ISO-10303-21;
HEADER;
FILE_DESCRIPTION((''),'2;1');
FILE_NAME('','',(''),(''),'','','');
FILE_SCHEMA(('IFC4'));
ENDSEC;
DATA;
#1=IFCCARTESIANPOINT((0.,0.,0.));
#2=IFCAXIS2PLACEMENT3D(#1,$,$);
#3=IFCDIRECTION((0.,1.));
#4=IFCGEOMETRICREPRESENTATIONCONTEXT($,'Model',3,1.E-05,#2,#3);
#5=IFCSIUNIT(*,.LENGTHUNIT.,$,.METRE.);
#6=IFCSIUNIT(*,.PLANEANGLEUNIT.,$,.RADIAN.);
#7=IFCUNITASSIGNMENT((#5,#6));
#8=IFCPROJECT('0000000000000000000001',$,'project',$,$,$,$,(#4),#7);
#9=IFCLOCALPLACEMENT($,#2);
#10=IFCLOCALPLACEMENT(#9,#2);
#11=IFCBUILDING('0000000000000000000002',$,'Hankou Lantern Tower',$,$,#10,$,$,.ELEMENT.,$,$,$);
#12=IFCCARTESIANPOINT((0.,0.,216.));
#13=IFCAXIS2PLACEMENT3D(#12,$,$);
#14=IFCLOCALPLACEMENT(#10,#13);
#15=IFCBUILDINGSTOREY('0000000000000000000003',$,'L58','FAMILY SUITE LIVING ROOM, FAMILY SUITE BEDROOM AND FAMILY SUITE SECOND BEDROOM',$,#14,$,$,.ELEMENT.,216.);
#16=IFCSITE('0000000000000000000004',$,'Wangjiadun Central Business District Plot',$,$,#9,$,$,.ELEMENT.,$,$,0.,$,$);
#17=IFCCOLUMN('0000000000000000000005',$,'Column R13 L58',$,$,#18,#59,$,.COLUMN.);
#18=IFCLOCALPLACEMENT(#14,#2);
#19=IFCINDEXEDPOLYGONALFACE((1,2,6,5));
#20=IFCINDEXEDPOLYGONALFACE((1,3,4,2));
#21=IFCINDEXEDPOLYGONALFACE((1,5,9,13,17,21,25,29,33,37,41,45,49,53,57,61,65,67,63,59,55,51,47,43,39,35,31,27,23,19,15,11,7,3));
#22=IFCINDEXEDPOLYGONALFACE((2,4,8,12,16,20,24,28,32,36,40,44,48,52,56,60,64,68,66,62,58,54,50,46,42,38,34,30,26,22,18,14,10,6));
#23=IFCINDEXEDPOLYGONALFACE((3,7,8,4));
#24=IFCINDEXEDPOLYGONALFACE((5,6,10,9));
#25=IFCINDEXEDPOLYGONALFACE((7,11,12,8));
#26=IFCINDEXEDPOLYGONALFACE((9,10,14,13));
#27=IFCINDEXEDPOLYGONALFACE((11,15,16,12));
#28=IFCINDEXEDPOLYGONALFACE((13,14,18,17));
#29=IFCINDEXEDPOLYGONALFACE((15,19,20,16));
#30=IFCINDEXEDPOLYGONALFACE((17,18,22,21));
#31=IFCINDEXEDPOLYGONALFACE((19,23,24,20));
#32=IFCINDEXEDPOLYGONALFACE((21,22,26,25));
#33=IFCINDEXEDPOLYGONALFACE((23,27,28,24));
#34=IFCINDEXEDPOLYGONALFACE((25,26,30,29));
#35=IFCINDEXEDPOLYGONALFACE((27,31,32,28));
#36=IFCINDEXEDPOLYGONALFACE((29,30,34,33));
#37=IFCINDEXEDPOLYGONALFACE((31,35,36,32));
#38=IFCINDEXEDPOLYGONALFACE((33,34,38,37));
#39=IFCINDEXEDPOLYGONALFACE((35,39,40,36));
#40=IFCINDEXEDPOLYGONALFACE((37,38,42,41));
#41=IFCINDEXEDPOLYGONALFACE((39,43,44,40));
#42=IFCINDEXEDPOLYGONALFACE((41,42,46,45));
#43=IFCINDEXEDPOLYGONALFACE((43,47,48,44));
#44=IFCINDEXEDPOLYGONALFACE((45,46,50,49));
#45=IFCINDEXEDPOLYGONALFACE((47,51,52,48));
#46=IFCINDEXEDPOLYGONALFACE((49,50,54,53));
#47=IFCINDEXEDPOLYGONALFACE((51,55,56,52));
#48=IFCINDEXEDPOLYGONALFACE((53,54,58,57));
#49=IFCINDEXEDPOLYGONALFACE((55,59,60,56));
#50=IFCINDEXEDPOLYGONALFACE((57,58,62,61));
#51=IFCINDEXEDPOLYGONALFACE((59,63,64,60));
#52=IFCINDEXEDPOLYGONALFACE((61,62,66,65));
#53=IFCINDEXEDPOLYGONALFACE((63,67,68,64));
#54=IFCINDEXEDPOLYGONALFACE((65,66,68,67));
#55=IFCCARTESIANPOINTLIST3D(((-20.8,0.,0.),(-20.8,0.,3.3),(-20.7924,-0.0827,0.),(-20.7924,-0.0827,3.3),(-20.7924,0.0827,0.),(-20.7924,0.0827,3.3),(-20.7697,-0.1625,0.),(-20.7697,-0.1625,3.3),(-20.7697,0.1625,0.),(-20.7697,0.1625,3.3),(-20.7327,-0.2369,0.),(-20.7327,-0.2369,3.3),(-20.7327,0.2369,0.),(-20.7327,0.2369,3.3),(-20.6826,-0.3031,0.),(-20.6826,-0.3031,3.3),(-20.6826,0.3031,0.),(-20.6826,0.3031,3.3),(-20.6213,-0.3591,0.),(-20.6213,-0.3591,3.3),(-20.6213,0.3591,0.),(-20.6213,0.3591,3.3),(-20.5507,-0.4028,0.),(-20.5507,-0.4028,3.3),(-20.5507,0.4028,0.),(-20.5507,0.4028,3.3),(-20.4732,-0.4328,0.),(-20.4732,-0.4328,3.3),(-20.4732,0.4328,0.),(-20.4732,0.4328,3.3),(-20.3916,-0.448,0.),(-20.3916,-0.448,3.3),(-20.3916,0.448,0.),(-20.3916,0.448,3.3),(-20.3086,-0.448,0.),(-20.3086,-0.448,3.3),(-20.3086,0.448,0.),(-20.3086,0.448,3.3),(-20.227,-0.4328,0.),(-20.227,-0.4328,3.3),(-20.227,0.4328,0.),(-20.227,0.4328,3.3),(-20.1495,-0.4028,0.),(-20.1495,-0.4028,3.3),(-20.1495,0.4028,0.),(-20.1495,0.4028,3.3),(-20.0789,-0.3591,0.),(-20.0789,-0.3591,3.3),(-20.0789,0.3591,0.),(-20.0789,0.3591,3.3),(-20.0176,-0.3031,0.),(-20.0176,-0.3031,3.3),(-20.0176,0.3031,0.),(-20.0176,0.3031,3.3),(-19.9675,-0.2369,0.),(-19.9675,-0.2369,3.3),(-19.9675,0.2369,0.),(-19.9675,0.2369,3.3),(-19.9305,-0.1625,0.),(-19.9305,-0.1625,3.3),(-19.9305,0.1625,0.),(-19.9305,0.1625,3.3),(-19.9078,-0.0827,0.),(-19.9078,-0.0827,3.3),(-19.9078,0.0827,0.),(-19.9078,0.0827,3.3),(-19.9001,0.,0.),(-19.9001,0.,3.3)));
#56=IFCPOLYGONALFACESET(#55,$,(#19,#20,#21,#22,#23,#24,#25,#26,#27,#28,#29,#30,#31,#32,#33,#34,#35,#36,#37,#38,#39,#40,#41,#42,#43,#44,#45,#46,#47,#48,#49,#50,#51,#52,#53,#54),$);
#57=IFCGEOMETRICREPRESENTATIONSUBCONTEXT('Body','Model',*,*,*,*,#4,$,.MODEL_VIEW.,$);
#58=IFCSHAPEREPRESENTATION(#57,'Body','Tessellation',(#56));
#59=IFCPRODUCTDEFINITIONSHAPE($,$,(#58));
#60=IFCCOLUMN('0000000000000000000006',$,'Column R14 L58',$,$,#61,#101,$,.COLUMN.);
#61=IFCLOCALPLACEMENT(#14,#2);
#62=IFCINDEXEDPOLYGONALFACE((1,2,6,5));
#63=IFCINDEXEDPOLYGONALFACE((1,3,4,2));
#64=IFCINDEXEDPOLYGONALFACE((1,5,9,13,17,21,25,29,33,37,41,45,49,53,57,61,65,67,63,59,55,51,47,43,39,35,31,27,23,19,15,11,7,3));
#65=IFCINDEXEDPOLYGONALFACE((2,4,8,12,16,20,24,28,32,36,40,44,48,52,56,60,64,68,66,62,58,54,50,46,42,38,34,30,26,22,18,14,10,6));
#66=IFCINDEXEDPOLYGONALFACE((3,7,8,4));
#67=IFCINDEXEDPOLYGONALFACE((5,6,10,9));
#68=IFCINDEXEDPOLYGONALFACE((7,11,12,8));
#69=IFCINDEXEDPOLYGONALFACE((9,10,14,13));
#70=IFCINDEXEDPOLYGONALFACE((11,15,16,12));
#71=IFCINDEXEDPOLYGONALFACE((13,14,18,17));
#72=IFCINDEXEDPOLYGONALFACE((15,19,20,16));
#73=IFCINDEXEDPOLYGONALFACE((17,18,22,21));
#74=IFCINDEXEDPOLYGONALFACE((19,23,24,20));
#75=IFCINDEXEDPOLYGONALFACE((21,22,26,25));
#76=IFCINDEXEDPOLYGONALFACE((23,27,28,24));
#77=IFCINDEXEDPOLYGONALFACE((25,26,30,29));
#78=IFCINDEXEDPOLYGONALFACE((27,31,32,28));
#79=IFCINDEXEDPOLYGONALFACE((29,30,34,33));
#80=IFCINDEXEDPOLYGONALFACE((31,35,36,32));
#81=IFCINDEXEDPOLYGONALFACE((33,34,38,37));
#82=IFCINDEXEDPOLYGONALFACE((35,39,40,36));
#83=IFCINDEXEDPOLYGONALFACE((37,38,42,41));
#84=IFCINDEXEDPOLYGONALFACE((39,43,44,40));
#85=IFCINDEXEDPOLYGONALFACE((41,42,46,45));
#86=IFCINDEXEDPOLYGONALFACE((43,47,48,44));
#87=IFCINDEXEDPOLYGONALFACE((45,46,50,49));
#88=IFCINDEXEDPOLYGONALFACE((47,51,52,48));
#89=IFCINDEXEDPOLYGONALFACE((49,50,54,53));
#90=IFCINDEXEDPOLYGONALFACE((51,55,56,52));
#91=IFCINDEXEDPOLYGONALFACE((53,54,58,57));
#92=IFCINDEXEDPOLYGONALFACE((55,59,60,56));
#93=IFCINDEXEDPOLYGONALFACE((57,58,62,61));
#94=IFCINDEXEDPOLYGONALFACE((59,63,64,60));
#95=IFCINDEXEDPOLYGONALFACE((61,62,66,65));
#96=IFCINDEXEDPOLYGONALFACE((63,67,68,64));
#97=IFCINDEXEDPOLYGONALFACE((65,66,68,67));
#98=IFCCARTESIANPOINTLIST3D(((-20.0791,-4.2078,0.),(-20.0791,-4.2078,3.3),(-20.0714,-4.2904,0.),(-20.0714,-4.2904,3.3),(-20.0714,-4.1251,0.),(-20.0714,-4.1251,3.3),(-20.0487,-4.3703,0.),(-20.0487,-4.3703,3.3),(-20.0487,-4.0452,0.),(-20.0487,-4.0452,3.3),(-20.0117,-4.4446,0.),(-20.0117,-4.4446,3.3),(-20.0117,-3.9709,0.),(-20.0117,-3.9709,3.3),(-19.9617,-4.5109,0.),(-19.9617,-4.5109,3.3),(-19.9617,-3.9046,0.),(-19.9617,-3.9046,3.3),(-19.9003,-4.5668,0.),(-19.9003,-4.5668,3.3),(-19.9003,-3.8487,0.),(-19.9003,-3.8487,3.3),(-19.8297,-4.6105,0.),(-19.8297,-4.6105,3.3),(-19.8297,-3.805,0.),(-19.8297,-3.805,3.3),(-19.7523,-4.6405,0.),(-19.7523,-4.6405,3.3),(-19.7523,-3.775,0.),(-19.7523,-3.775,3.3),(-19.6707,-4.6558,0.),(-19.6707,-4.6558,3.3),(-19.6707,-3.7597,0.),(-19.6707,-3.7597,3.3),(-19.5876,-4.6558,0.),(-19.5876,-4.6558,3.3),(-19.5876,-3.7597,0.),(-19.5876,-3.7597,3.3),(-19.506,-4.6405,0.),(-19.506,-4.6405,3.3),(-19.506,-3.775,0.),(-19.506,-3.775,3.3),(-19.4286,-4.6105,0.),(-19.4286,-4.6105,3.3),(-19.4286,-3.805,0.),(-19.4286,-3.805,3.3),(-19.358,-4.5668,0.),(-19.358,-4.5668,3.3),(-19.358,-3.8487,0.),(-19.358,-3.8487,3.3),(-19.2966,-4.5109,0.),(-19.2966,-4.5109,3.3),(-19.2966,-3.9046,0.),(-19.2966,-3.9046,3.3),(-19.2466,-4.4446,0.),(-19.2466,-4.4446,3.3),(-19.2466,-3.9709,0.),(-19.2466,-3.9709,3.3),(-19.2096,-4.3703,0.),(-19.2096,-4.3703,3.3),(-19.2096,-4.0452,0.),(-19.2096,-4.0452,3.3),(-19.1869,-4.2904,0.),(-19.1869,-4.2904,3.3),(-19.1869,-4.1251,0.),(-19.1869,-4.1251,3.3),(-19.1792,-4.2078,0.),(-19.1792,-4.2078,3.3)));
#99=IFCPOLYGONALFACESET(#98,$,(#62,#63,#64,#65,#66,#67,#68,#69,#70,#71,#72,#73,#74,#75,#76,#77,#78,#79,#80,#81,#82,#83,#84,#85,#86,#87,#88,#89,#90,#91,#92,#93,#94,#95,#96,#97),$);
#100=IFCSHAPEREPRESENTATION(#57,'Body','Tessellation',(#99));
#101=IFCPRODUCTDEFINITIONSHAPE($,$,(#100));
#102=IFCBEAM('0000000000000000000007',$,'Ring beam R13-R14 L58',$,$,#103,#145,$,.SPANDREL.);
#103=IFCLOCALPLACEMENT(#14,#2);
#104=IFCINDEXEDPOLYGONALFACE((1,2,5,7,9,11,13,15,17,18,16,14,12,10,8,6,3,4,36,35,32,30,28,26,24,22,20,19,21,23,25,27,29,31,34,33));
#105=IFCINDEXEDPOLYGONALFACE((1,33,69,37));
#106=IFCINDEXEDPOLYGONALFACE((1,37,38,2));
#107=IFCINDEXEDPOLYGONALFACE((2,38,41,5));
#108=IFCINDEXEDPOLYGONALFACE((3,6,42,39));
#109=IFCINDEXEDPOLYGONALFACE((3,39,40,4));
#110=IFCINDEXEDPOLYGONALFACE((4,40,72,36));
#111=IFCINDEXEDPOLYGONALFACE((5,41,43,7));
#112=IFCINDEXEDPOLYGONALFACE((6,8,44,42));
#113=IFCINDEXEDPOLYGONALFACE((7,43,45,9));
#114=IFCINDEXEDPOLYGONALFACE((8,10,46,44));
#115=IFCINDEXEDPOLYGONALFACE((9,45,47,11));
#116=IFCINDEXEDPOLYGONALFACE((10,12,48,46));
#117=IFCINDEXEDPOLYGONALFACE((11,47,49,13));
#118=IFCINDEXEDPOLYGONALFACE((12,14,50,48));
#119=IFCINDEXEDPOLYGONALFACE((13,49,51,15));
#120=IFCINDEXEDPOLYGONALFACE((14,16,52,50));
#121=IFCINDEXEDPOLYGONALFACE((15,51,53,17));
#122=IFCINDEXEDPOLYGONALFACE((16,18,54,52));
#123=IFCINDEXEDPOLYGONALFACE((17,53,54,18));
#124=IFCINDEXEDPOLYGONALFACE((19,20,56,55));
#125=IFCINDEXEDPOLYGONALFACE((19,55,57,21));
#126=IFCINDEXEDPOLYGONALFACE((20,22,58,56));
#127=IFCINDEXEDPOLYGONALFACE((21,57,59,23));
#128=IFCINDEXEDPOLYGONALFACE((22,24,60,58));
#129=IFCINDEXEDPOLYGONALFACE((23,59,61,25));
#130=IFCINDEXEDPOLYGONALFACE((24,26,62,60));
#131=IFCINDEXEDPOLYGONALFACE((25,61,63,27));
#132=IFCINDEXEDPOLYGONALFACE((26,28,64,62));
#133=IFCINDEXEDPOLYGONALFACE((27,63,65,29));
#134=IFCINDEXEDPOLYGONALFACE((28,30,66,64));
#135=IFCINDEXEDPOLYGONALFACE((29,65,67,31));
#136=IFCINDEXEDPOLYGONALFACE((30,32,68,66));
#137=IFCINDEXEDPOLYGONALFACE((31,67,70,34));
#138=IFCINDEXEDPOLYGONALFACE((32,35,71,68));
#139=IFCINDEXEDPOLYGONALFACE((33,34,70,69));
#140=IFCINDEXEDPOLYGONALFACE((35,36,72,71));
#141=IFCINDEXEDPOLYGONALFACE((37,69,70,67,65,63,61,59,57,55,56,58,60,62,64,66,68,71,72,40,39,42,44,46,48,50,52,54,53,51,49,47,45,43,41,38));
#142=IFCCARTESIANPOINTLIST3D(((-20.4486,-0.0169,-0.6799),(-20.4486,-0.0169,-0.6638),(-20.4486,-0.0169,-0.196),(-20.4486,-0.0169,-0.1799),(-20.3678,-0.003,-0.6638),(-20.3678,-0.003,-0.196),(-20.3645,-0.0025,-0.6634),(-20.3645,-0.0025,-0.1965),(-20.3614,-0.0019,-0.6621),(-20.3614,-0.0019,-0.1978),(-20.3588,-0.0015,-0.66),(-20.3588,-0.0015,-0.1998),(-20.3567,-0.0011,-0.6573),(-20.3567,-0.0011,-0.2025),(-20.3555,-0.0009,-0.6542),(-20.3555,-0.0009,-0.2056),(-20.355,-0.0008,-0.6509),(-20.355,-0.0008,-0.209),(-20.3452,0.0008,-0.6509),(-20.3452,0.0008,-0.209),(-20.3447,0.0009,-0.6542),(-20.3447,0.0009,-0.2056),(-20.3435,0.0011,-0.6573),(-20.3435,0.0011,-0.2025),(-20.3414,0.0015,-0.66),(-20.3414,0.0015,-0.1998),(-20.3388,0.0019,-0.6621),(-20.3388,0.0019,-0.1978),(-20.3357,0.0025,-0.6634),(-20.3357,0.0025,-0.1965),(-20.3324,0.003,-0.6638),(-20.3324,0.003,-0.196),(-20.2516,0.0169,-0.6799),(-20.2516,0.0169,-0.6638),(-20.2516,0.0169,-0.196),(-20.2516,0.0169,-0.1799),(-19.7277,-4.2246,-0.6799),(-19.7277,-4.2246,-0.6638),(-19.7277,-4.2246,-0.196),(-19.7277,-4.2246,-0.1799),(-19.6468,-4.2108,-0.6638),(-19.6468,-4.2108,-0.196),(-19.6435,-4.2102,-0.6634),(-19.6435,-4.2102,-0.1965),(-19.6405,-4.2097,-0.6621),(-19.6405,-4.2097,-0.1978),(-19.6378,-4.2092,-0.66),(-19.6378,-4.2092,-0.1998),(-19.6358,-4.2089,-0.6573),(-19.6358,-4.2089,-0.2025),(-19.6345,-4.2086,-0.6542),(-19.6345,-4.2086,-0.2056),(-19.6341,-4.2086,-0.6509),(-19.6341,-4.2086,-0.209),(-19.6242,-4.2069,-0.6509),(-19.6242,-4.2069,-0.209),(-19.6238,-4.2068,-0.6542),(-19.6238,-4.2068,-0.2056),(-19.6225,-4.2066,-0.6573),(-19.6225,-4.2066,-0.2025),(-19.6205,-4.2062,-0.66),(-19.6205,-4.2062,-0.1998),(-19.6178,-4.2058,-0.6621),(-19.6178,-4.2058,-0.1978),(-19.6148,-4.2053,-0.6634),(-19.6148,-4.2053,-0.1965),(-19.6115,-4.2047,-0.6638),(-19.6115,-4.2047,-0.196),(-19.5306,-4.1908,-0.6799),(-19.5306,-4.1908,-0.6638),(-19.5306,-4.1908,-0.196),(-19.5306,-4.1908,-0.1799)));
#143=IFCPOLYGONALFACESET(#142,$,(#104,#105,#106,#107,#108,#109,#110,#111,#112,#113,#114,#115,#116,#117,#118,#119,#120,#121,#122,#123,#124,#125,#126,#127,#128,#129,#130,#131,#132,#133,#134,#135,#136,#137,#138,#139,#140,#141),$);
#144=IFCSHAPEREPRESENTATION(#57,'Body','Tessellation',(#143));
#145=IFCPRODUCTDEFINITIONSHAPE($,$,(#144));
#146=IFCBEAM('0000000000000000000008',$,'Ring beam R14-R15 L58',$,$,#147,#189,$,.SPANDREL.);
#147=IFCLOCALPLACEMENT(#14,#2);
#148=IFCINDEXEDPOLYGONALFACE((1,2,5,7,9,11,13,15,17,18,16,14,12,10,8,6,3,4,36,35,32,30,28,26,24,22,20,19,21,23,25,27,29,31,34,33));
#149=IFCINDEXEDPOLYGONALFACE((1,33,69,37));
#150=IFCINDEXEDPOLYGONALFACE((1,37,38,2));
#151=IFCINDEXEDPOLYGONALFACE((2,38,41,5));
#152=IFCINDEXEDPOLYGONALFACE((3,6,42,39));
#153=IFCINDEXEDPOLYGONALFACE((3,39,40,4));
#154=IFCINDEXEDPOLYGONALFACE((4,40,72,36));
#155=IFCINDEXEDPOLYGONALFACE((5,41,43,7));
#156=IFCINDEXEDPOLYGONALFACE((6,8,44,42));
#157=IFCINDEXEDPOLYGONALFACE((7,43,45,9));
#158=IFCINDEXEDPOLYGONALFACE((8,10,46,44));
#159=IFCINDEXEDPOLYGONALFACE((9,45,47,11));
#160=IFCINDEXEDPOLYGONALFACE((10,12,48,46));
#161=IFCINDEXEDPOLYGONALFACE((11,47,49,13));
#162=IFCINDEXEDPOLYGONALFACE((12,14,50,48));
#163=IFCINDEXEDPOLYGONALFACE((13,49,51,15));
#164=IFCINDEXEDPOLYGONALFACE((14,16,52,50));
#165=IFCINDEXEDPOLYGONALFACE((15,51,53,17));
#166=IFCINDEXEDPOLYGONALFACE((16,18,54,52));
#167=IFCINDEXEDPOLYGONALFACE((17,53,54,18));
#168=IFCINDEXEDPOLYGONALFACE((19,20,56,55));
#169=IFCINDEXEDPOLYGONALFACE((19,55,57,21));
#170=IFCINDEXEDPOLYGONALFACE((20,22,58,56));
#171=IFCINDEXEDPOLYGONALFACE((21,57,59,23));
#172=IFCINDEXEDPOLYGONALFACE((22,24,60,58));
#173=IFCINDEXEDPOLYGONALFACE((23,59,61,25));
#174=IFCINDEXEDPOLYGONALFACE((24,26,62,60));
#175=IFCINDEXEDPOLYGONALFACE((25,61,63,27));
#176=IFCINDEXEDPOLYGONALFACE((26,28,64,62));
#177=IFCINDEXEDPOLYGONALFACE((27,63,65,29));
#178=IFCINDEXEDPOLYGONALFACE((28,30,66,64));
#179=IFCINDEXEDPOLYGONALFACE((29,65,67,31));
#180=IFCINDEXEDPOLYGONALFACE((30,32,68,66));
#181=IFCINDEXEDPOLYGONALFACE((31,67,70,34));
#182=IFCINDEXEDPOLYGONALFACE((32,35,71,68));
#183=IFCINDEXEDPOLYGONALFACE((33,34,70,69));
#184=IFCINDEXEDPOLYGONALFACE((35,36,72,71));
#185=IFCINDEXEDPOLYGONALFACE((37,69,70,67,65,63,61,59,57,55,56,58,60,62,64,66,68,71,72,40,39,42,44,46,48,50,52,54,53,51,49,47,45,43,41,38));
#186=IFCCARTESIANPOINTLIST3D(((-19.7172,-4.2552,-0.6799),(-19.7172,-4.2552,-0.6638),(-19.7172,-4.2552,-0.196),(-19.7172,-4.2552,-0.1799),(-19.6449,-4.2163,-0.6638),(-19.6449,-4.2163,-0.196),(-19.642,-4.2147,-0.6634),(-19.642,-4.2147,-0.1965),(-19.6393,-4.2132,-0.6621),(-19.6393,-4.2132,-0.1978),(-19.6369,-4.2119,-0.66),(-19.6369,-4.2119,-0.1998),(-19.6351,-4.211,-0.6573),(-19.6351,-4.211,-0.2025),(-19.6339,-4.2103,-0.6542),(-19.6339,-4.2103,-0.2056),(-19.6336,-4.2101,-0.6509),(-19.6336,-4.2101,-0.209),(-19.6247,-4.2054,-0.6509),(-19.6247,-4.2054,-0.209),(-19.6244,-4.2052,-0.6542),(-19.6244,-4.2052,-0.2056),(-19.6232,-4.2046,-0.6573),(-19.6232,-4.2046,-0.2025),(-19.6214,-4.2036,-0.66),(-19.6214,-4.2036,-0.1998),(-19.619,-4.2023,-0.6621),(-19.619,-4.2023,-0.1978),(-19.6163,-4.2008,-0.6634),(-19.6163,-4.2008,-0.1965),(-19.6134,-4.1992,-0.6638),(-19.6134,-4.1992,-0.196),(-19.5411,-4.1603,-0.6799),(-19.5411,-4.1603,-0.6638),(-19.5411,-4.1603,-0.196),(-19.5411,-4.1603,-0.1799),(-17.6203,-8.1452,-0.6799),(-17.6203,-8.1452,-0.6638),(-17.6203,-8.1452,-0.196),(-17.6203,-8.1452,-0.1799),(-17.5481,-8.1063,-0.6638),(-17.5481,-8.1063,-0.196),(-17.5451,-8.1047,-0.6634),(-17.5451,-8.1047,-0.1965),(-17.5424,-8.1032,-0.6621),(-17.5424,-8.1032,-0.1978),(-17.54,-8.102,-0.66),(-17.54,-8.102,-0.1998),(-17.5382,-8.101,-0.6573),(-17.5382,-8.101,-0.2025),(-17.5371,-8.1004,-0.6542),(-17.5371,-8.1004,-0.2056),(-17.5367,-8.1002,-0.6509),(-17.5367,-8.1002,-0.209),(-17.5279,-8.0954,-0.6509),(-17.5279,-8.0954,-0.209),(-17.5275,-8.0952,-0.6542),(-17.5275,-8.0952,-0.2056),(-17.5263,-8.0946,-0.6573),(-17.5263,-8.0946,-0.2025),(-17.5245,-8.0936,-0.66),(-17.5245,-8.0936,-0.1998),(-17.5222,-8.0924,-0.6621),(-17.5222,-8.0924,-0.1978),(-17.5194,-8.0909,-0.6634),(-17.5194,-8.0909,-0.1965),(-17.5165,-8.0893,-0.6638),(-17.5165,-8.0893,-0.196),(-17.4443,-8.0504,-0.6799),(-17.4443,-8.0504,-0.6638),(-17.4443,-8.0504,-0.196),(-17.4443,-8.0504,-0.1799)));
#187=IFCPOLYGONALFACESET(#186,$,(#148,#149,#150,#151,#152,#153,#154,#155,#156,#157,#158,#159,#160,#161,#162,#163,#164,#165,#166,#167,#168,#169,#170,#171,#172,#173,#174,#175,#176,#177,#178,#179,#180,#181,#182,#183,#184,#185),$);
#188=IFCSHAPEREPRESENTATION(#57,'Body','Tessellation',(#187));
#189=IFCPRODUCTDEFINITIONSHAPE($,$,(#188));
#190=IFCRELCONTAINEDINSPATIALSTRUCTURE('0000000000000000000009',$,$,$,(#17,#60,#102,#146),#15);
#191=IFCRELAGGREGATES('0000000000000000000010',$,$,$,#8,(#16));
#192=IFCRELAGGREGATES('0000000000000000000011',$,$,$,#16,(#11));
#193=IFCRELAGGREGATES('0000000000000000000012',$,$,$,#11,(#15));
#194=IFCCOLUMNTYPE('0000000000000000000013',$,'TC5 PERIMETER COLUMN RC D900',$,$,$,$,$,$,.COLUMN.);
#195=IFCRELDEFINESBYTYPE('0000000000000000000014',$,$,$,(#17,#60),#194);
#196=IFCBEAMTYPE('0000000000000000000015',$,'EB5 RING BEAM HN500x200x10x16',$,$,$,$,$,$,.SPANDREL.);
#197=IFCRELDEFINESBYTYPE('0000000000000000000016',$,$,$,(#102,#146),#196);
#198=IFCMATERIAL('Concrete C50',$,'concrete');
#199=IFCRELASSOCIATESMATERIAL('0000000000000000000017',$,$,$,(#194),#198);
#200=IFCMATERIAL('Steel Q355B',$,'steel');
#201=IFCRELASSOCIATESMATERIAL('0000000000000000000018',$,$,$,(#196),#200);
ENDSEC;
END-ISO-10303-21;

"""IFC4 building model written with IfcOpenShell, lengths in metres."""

from ifc_helpers import new_model, si_unit, direction, frame, origin, origin_2d, place, context, subcontext, project, spatial, circle, i_section, extrude, material, material_profile, profile_set, type_object, element, save


model = new_model("IFC4")

# Units and contexts
model_context = context("Model", 3, precision=1e-05, world=origin(), true_north=direction((0.0, 1.0)))
body_context = subcontext(model_context, "Body", "Model", "MODEL_VIEW")
ifc_project = project(units=[si_unit("LENGTHUNIT", "METRE"), si_unit("PLANEANGLEUNIT", "RADIAN")], contexts=[model_context])

# Site, building, storey
site_placement = place(None, origin())
site = spatial("IfcSite", under=ifc_project, at=site_placement, Name="Wangjiadun Central Business District Plot", CompositionType="ELEMENT", RefElevation=0.0)
building_placement = place(site_placement, origin())
building = spatial("IfcBuilding", under=site, at=building_placement, Name="Hankou Lantern Tower", CompositionType="ELEMENT")
storey_placement = place(building_placement, frame((0.0, 0.0, 216.0)))
storey = spatial("IfcBuildingStorey", under=building, at=storey_placement, Name="L58", Description="FAMILY SUITE LIVING ROOM, FAMILY SUITE BEDROOM AND FAMILY SUITE SECOND BEDROOM", CompositionType="ELEMENT", Elevation=216.0)

# Columns
ifc_material_1 = material(Name="Concrete C50", Category="concrete")
ifc_material_profile_1 = material_profile(ifc_material_1, circle(Radius=0.45, at=origin_2d()), Name="RC D900")
ifc_profile_set_1 = profile_set([ifc_material_profile_1], Name="Concrete C50")
column_type = type_object("IfcColumnType", Name="TC5 PERIMETER COLUMN RC D900", PredefinedType="COLUMN", material=ifc_profile_set_1)
for number, where, z_axis, x_axis, name in (
    (1, (-20.3501, 0.0, 0.0), (0.0, 0.0, 1.0), (1.0, 0.0, 0.0), "Column R13 L58"),
    (2, (-19.6292, -4.2078, 0.0), (0.0, 0.0, 1.0), (1.0, 0.0, 0.0), "Column R14 L58"),
):
    element("IfcColumn", number, at=place(storey_placement, frame(where, z_axis=z_axis, x_axis=x_axis)), inside=storey, type_object=column_type, Name=name, PredefinedType="COLUMN", context=body_context, shape_type="SweptSolid", body=[
        extrude(circle(Radius=0.45, at=origin_2d()), origin(), (0.0, 0.0, 1.0), 3.3),
    ])

# Beams
ifc_material_2 = material(Name="Steel Q355B", Category="steel")
ifc_material_profile_2 = material_profile(ifc_material_2, i_section(OverallWidth=0.2, OverallDepth=0.5, WebThickness=0.01, FlangeThickness=0.0161, FilletRadius=0.0129, at=origin_2d()), Name="HN500x200x10x16")
ifc_profile_set_2 = profile_set([ifc_material_profile_2], Name="Steel Q355B")
beam_type_1 = type_object("IfcBeamType", Name="EB5 RING BEAM HN500x200x10x16", PredefinedType="SPANDREL", material=ifc_profile_set_2)
beam_1_placement = place(storey_placement, frame((-20.3501, 0.0, -0.4299), z_axis=(0.168877, -0.985637, 0.0), x_axis=(0.985637, 0.168877, 0.0)))
element("IfcBeam", 3, at=beam_1_placement, inside=storey, type_object=beam_type_1, Name="Ring beam R13-R14 L58", PredefinedType="SPANDREL", context=body_context, shape_type="SweptSolid", body=[
    extrude(i_section(OverallWidth=0.2, OverallDepth=0.5, WebThickness=0.01, FlangeThickness=0.0161, FilletRadius=0.0129, at=origin_2d()), origin(), (0.0, 0.0, 1.0), 4.269),
])
beam_2_placement = place(storey_placement, frame((-19.6292, -4.2078, -0.4299), z_axis=(0.474492, -0.88026, 0.0), x_axis=(0.88026, 0.474492, 0.0)))
element("IfcBeam", 4, at=beam_2_placement, inside=storey, type_object=beam_type_1, Name="Ring beam R14-R15 L58", PredefinedType="SPANDREL", context=body_context, shape_type="SweptSolid", body=[
    extrude(i_section(OverallWidth=0.2, OverallDepth=0.5, WebThickness=0.01, FlangeThickness=0.0161, FilletRadius=0.0129, at=origin_2d()), origin(), (0.0, 0.0, 1.0), 4.4192),
])

save(model, "model.ifc")
